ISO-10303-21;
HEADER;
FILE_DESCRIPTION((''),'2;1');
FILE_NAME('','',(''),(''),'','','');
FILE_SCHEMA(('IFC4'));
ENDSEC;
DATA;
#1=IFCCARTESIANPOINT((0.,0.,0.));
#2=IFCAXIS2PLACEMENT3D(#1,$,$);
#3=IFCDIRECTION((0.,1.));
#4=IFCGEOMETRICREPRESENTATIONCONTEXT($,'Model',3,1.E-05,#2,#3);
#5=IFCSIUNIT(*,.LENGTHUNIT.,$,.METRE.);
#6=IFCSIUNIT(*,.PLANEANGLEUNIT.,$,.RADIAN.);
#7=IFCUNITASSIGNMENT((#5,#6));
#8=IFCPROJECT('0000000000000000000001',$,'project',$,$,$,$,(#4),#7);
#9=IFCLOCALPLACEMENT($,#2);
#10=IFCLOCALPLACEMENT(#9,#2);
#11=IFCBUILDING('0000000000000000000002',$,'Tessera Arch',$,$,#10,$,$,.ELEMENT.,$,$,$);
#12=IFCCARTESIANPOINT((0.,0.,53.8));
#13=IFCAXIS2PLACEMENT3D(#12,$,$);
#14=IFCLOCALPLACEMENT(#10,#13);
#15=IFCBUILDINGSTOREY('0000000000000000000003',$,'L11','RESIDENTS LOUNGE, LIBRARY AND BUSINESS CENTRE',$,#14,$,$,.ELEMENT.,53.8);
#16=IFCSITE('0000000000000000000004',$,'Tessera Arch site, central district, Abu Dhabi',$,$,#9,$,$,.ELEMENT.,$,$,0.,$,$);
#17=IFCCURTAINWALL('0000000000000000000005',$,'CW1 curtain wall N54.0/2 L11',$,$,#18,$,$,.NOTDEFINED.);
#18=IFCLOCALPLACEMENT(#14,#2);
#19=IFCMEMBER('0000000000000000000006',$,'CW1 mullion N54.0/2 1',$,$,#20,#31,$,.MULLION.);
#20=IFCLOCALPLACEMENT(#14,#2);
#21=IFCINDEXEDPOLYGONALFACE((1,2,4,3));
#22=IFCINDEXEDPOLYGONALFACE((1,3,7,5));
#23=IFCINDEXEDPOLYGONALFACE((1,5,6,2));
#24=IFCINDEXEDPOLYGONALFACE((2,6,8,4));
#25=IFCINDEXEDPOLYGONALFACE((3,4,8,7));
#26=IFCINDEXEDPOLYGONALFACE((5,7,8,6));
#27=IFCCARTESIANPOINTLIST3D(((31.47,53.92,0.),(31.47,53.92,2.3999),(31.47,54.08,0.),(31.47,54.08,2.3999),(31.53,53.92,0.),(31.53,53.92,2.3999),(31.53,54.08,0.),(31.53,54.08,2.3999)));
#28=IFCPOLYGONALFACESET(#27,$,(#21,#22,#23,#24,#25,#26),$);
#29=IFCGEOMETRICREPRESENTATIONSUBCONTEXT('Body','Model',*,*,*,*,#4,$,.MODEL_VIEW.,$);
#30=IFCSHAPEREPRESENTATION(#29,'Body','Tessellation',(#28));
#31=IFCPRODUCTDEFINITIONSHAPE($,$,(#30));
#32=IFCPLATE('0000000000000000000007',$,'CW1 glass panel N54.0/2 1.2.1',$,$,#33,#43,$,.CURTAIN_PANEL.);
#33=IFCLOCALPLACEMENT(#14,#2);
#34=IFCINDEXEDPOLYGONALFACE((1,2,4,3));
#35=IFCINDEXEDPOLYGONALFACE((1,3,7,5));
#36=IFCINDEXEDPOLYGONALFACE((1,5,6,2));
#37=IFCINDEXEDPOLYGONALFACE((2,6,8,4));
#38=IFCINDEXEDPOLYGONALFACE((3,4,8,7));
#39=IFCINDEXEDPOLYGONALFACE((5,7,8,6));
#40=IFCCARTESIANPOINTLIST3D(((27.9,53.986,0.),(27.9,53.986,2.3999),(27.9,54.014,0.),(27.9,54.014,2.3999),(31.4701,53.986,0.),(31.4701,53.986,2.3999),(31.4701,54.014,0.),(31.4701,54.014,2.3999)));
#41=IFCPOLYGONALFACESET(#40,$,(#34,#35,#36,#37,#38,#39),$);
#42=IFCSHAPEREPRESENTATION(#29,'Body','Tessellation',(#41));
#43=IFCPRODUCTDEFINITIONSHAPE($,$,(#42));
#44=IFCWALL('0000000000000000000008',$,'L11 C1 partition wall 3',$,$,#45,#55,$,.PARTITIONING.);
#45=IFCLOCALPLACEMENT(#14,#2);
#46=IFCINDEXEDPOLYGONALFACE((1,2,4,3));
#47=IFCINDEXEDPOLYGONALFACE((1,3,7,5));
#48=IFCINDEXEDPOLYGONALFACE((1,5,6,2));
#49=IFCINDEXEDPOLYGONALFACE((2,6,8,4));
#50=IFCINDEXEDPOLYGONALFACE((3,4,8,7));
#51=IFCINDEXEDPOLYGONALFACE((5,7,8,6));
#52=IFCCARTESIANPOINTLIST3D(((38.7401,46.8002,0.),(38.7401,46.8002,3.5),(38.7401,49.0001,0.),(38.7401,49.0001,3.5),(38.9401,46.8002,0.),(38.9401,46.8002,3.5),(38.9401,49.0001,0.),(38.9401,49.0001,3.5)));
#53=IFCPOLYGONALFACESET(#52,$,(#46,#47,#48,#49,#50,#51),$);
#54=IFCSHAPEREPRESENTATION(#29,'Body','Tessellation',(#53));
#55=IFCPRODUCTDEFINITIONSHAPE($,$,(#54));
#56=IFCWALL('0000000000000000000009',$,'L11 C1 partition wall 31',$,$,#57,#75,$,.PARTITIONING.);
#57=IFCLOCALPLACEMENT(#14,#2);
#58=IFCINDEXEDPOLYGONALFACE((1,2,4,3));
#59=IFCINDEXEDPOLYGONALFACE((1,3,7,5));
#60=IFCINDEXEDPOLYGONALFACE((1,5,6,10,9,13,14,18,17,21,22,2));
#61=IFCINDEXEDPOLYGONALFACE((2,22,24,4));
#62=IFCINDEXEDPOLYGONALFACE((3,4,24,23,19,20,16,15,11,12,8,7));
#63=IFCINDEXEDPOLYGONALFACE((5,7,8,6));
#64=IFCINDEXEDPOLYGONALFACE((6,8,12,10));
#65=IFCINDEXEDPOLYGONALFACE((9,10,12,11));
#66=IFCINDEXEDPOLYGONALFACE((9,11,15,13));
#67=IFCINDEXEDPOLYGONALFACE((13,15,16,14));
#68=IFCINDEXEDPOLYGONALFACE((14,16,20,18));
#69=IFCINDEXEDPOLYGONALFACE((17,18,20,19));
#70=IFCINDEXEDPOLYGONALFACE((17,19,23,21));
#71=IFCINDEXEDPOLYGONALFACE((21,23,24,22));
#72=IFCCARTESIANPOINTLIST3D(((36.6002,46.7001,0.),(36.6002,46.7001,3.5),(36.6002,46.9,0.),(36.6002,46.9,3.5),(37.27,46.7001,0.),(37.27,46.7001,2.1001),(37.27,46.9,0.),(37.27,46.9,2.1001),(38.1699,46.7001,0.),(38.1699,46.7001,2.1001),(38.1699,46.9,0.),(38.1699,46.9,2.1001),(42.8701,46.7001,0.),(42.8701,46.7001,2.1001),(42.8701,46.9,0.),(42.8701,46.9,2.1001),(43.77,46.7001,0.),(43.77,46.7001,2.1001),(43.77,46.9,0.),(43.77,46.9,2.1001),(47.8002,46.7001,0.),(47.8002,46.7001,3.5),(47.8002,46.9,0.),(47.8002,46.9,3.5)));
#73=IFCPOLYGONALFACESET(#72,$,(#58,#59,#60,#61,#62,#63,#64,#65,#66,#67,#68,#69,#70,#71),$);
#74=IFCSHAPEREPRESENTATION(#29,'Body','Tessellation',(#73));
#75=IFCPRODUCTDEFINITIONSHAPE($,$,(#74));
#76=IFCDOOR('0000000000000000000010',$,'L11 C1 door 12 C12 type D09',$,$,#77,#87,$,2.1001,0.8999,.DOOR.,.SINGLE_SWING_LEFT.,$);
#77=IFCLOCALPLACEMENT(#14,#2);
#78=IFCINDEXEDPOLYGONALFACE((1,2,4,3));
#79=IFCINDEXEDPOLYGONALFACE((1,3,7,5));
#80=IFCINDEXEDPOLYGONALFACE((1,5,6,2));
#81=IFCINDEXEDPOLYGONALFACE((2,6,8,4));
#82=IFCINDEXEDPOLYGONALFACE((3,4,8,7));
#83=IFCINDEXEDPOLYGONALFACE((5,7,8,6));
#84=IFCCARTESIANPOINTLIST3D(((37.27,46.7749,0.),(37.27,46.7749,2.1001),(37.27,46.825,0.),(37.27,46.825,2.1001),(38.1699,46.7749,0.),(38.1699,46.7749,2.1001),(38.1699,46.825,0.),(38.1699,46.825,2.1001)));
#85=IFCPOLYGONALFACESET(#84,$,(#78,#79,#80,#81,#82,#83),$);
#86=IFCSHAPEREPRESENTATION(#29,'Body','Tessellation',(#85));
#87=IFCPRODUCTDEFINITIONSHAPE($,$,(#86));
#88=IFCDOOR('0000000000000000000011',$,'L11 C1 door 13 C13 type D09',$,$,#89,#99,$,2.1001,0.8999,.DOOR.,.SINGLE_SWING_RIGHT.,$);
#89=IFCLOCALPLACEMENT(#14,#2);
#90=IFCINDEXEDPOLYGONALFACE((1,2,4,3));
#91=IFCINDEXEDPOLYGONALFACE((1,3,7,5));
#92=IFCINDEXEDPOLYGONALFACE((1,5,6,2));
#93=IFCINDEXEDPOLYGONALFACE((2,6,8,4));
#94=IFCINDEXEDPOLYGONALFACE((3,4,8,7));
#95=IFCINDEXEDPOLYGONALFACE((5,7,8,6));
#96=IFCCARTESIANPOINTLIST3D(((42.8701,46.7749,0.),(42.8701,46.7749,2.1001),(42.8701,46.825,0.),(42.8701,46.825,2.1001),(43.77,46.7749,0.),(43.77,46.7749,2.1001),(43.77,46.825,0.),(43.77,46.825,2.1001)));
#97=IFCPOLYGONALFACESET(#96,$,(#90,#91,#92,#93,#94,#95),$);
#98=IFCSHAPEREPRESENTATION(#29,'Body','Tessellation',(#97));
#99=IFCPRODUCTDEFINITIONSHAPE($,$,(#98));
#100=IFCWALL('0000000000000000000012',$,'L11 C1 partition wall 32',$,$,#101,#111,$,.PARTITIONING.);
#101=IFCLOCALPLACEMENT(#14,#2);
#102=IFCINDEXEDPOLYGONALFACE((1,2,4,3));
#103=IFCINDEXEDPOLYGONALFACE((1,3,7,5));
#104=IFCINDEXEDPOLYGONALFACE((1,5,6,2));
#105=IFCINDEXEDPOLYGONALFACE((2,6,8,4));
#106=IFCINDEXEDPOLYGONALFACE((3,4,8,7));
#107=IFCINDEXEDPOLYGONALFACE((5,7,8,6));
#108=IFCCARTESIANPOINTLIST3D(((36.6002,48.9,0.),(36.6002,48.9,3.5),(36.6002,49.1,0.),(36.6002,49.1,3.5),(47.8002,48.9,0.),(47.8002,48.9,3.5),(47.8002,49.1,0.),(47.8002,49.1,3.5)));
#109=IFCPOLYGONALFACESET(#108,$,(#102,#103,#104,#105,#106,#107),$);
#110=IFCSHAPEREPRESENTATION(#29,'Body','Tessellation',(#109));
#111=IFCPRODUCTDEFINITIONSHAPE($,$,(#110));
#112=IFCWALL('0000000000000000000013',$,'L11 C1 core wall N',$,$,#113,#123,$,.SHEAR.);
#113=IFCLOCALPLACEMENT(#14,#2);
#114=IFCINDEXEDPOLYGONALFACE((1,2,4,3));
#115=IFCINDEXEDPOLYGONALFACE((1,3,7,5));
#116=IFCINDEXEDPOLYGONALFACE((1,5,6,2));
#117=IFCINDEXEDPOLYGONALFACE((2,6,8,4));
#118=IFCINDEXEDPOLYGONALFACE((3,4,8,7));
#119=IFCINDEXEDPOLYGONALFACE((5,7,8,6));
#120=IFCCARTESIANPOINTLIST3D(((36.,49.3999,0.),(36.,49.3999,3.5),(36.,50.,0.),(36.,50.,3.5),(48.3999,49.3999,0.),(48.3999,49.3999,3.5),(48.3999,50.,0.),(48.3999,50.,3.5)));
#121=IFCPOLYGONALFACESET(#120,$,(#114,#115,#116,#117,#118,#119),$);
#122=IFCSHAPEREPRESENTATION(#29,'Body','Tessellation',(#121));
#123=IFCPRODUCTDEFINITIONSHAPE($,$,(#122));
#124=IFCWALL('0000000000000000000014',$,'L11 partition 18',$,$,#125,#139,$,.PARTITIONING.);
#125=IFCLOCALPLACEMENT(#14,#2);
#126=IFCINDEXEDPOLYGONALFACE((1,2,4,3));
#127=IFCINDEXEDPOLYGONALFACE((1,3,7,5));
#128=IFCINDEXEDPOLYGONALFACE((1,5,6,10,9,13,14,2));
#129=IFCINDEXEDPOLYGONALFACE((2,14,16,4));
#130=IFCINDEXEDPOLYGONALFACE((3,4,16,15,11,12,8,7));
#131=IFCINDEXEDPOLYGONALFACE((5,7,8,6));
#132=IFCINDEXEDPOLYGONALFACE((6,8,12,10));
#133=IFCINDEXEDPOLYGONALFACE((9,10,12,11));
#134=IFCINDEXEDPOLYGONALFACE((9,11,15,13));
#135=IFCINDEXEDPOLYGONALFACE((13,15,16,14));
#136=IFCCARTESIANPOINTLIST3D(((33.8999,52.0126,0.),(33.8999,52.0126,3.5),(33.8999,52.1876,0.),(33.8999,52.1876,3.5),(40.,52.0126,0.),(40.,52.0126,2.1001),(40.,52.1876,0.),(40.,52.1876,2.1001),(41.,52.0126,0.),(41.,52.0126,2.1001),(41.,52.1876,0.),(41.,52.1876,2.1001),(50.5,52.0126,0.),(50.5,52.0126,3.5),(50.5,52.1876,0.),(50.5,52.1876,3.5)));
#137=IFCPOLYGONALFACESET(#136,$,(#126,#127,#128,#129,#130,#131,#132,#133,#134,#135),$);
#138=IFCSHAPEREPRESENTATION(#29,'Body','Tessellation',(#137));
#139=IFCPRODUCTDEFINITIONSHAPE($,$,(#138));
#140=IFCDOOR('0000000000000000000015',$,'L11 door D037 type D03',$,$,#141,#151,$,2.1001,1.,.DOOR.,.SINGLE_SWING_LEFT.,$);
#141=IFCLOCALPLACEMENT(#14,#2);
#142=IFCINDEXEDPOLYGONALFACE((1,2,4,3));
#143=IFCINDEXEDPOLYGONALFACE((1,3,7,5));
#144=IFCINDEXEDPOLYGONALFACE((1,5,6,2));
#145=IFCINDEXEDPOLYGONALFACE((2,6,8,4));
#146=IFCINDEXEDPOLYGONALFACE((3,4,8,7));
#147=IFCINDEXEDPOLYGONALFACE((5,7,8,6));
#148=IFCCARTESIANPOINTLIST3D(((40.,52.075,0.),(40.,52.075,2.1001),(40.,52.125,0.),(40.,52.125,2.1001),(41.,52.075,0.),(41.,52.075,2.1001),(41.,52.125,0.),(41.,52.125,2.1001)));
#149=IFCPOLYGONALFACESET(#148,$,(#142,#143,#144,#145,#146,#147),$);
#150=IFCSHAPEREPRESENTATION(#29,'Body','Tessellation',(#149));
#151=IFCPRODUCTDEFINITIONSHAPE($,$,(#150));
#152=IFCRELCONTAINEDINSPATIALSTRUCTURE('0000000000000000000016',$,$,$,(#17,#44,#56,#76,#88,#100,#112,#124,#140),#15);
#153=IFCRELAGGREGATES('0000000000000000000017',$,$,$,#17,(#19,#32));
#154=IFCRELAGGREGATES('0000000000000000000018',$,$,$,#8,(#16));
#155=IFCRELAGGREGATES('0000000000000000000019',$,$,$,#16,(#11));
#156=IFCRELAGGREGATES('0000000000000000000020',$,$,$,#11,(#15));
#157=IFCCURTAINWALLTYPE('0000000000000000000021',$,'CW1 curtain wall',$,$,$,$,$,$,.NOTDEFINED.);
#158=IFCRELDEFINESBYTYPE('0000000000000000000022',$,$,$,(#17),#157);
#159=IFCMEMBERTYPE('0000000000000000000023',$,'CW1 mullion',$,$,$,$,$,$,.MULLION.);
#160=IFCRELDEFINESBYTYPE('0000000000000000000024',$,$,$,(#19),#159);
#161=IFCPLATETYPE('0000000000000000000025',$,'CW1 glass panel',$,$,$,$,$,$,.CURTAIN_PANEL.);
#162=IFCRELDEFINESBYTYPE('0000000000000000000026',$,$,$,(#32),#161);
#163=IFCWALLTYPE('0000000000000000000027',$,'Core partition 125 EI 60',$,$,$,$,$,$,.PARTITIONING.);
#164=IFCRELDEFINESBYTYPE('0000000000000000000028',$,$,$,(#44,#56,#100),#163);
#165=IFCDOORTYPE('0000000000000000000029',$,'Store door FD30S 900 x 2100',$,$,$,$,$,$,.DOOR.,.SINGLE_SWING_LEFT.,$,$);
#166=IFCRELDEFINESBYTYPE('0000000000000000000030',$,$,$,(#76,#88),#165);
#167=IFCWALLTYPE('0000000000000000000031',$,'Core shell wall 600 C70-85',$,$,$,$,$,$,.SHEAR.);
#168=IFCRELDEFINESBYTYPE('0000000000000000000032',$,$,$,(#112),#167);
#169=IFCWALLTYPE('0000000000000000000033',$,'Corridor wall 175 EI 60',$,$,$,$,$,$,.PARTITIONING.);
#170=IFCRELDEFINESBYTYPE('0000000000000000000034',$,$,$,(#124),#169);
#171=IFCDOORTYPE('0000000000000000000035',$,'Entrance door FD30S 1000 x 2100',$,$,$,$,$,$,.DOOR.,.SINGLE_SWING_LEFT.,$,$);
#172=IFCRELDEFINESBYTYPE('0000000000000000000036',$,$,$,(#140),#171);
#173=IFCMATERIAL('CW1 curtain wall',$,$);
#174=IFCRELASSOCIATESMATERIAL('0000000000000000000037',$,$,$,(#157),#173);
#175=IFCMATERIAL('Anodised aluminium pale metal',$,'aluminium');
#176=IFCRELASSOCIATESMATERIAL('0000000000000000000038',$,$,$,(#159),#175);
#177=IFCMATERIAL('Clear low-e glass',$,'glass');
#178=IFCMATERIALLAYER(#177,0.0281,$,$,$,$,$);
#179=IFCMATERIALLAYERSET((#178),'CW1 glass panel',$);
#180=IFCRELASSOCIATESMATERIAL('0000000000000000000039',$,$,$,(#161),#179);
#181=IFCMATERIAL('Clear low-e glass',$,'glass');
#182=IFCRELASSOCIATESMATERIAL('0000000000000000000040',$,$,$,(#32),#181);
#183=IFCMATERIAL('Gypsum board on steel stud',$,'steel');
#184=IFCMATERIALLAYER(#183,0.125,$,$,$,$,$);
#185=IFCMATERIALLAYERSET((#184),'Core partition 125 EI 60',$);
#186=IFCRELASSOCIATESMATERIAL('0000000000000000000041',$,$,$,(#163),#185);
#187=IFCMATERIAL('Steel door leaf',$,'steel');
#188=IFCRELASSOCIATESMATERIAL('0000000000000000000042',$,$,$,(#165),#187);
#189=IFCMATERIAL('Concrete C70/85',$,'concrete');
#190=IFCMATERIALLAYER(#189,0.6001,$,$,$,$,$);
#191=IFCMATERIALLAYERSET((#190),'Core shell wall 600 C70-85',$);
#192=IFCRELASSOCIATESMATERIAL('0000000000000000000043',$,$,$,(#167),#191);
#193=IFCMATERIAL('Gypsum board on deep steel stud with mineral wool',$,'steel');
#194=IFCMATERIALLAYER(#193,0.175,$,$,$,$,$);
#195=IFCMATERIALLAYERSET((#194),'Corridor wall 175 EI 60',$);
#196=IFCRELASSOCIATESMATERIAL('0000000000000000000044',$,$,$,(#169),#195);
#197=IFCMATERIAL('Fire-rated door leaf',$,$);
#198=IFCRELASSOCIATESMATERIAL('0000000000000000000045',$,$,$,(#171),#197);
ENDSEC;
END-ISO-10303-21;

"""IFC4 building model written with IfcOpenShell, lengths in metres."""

from ifc_helpers import new_model, si_unit, direction, frame, frame_2d, origin, origin_2d, place, context, subcontext, project, spatial, rectangle, extrude, material, layer, layer_set, material_profile, profile_set, type_object, element, fill, aggregate, save


model = new_model("IFC4")

# Units and contexts
model_context = context("Model", 3, precision=1e-05, world=origin(), true_north=direction((0.0, 1.0)))
body_context = subcontext(model_context, "Body", "Model", "MODEL_VIEW")
ifc_project = project(units=[si_unit("LENGTHUNIT", "METRE"), si_unit("PLANEANGLEUNIT", "RADIAN")], contexts=[model_context])

# Site, building, storey
site_placement = place(None, origin())
site = spatial("IfcSite", under=ifc_project, at=site_placement, Name="Tessera Arch site, central district, Abu Dhabi", CompositionType="ELEMENT", RefElevation=0.0)
building_placement = place(site_placement, origin())
building = spatial("IfcBuilding", under=site, at=building_placement, Name="Tessera Arch", CompositionType="ELEMENT")
storey_placement = place(building_placement, frame((0.0, 0.0, 53.8)))
storey = spatial("IfcBuildingStorey", under=building, at=storey_placement, Name="L11", Description="RESIDENTS LOUNGE, LIBRARY AND BUSINESS CENTRE", CompositionType="ELEMENT", Elevation=53.8)

# Curtain wall, member, plate
ifc_material_1 = material(Name="CW1 curtain wall")
curtain_wall_type = type_object("IfcCurtainWallType", Name="CW1 curtain wall", PredefinedType="NOTDEFINED", material=ifc_material_1)
curtain_wall_placement = place(storey_placement, origin())
curtain_wall = element("IfcCurtainWall", 1, at=curtain_wall_placement, inside=storey, type_object=curtain_wall_type, Name="CW1 curtain wall N54.0/2 L11", PredefinedType="NOTDEFINED")
ifc_material_2 = material(Name="Anodised aluminium pale metal", Category="aluminium")
ifc_material_profile = material_profile(ifc_material_2, rectangle(XDim=0.1599, YDim=0.0601, at=origin_2d()), Name="AL 60x160")
ifc_profile_set = profile_set([ifc_material_profile], Name="Anodised aluminium pale metal")
member_type = type_object("IfcMemberType", Name="CW1 mullion", PredefinedType="MULLION", material=ifc_profile_set)
member_placement = place(storey_placement, frame((31.5, 54.0, 0.0), z_axis=(0.0, 0.0, 1.0), x_axis=(0.0, -1.0, 0.0)))
member = element("IfcMember", 2, at=member_placement, type_object=member_type, Name="CW1 mullion N54.0/2 1", PredefinedType="MULLION", context=body_context, shape_type="SweptSolid", body=[
    extrude(rectangle(XDim=0.1599, YDim=0.0601, at=origin_2d()), origin(), (0.0, 0.0, 1.0), 2.3999),
])
ifc_material_3 = material(Name="Clear low-e glass", Category="glass")
ifc_material_4 = material(Name="Clear low-e glass", Category="glass")
ifc_layer_1 = layer(ifc_material_4, 0.0281)
ifc_layer_set_1 = layer_set([ifc_layer_1], Name="CW1 glass panel")
plate_type = type_object("IfcPlateType", Name="CW1 glass panel", PredefinedType="CURTAIN_PANEL", material=ifc_layer_set_1)
plate_placement = place(storey_placement, frame((29.6851, 54.0, 0.0), z_axis=(0.0, 0.0, 1.0), x_axis=(-1.0, 0.0, 0.0)))
plate = element("IfcPlate", 3, at=plate_placement, type_object=plate_type, material=ifc_material_3, Name="CW1 glass panel N54.0/2 1.2.1", PredefinedType="CURTAIN_PANEL", context=body_context, shape_type="SweptSolid", body=[
    extrude(rectangle(XDim=3.5701, YDim=0.0281, at=origin_2d()), origin(), (0.0, 0.0, 1.0), 2.3999),
])
aggregate(curtain_wall, [member, plate])

# Wall
ifc_material_5 = material(Name="Gypsum board on steel stud", Category="steel")
ifc_layer_2 = layer(ifc_material_5, 0.125)
ifc_layer_set_2 = layer_set([ifc_layer_2], Name="Core partition 125 EI 60")
wall_type_1 = type_object("IfcWallType", Name="Core partition 125 EI 60", PredefinedType="PARTITIONING", material=ifc_layer_set_2)
wall_1_placement = place(storey_placement, frame((38.8401, 46.8, 0.0), z_axis=(0.0, 0.0, 1.0), x_axis=(0.0, 1.0, 0.0)))
element("IfcWall", 4, at=wall_1_placement, inside=storey, type_object=wall_type_1, Name="L11 C1 partition wall 3", PredefinedType="PARTITIONING", context=body_context, shape_type="SweptSolid", body=[
    extrude(rectangle(XDim=2.2, YDim=0.2, at=frame_2d((1.1001, 0.0))), origin(), (0.0, 0.0, 1.0), 3.5),
])

# Wall, openings, doors
wall_2_placement = place(storey_placement, frame((36.6001, 46.8, 0.0), z_axis=(0.0, 0.0, 1.0), x_axis=(1.0, 0.0, 0.0)))
wall_2 = element("IfcWall", 5, at=wall_2_placement, inside=storey, type_object=wall_type_1, Name="L11 C1 partition wall 31", PredefinedType="PARTITIONING", context=body_context, shape_type="SweptSolid", body=[
    extrude(rectangle(XDim=11.2, YDim=0.2, at=frame_2d((5.6001, 0.0))), origin(), (0.0, 0.0, 1.0), 3.5),
])
opening_1_placement = place(wall_2_placement, frame((0.6699, 0.0, 0.0)))
opening_1 = element("IfcOpeningElement", 6, at=opening_1_placement, cuts=wall_2, PredefinedType="OPENING", context=body_context, shape_type="SweptSolid", body=[
    extrude(rectangle(XDim=0.8999, YDim=2.1001, at=frame_2d((0.45, 1.05))), frame((0.0, 0.1099, 0.0), z_axis=(0.0, -1.0, 0.0), x_axis=(1.0, 0.0, 0.0)), (0.0, 0.0, 1.0), 0.22),
])
opening_2_placement = place(wall_2_placement, frame((6.27, 0.0, 0.0)))
opening_2 = element("IfcOpeningElement", 7, at=opening_2_placement, cuts=wall_2, PredefinedType="OPENING", context=body_context, shape_type="SweptSolid", body=[
    extrude(rectangle(XDim=0.8999, YDim=2.1001, at=frame_2d((0.45, 1.05))), frame((0.0, 0.1099, 0.0), z_axis=(0.0, -1.0, 0.0), x_axis=(1.0, 0.0, 0.0)), (0.0, 0.0, 1.0), 0.22),
])
ifc_material_6 = material(Name="Steel door leaf", Category="steel")
door_type_1 = type_object("IfcDoorType", Name="Store door FD30S 900 x 2100", OperationType="SINGLE_SWING_LEFT", PredefinedType="DOOR", material=ifc_material_6)
door_1_placement = place(opening_1_placement, origin())
door_1 = element("IfcDoor", 8, at=door_1_placement, inside=storey, type_object=door_type_1, Name="L11 C1 door 12 C12 type D09", OperationType="SINGLE_SWING_LEFT", OverallHeight=2.1001, OverallWidth=0.8999, PredefinedType="DOOR", context=body_context, shape_type="SweptSolid", body=[
    extrude(rectangle(XDim=0.8999, YDim=2.1001, at=frame_2d((0.45, 1.05))), frame((0.0, 0.0249, 0.0), z_axis=(0.0, -1.0, 0.0), x_axis=(1.0, 0.0, 0.0)), (0.0, 0.0, 1.0), 0.05),
])
fill(opening_1, door_1)
door_2_placement = place(opening_2_placement, origin())
door_2 = element("IfcDoor", 9, at=door_2_placement, inside=storey, type_object=door_type_1, Name="L11 C1 door 13 C13 type D09", OperationType="SINGLE_SWING_RIGHT", OverallHeight=2.1001, OverallWidth=0.8999, PredefinedType="DOOR", context=body_context, shape_type="SweptSolid", body=[
    extrude(rectangle(XDim=0.8999, YDim=2.1001, at=frame_2d((0.45, 1.05))), frame((0.0, 0.0249, 0.0), z_axis=(0.0, -1.0, 0.0), x_axis=(1.0, 0.0, 0.0)), (0.0, 0.0, 1.0), 0.05),
])
fill(opening_2, door_2)

# Walls
wall_3_placement = place(storey_placement, frame((36.6001, 49.0, 0.0), z_axis=(0.0, 0.0, 1.0), x_axis=(1.0, 0.0, 0.0)))
element("IfcWall", 10, at=wall_3_placement, inside=storey, type_object=wall_type_1, Name="L11 C1 partition wall 32", PredefinedType="PARTITIONING", context=body_context, shape_type="SweptSolid", body=[
    extrude(rectangle(XDim=11.2, YDim=0.2, at=frame_2d((5.6001, 0.0))), origin(), (0.0, 0.0, 1.0), 3.5),
])
ifc_material_7 = material(Name="Concrete C70/85", Category="concrete")
ifc_layer_3 = layer(ifc_material_7, 0.6001)
ifc_layer_set_3 = layer_set([ifc_layer_3], Name="Core shell wall 600 C70-85")
wall_type_2 = type_object("IfcWallType", Name="Core shell wall 600 C70-85", PredefinedType="SHEAR", material=ifc_layer_set_3)
wall_4_placement = place(storey_placement, frame((36.0, 49.7, 0.0), z_axis=(0.0, 0.0, 1.0), x_axis=(1.0, 0.0, 0.0)))
element("IfcWall", 11, at=wall_4_placement, inside=storey, type_object=wall_type_2, Name="L11 C1 core wall N", PredefinedType="SHEAR", context=body_context, shape_type="SweptSolid", body=[
    extrude(rectangle(XDim=12.3999, YDim=0.6001, at=frame_2d((6.2, 0.0))), origin(), (0.0, 0.0, 1.0), 3.5),
])

# Wall, opening, door
ifc_material_8 = material(Name="Gypsum board on deep steel stud with mineral wool", Category="steel")
ifc_layer_4 = layer(ifc_material_8, 0.175)
ifc_layer_set_4 = layer_set([ifc_layer_4], Name="Corridor wall 175 EI 60")
wall_type_3 = type_object("IfcWallType", Name="Corridor wall 175 EI 60", PredefinedType="PARTITIONING", material=ifc_layer_set_4)
wall_5_placement = place(storey_placement, frame((33.8999, 52.1001, 0.0), z_axis=(0.0, 0.0, 1.0), x_axis=(1.0, 0.0, 0.0)))
wall_5 = element("IfcWall", 12, at=wall_5_placement, inside=storey, type_object=wall_type_3, Name="L11 partition 18", PredefinedType="PARTITIONING", context=body_context, shape_type="SweptSolid", body=[
    extrude(rectangle(XDim=16.6001, YDim=0.175, at=frame_2d((8.3, 0.0))), origin(), (0.0, 0.0, 1.0), 3.5),
])
opening_3_placement = place(wall_5_placement, frame((6.1001, 0.0, 0.0)))
opening_3 = element("IfcOpeningElement", 13, at=opening_3_placement, cuts=wall_5, PredefinedType="OPENING", context=body_context, shape_type="SweptSolid", body=[
    extrude(rectangle(XDim=1.0, YDim=2.1001, at=frame_2d((0.5, 1.05))), frame((0.0, 0.0974, 0.0), z_axis=(0.0, -1.0, 0.0), x_axis=(1.0, 0.0, 0.0)), (0.0, 0.0, 1.0), 0.1951),
])
ifc_material_9 = material(Name="Fire-rated door leaf")
door_type_2 = type_object("IfcDoorType", Name="Entrance door FD30S 1000 x 2100", OperationType="SINGLE_SWING_LEFT", PredefinedType="DOOR", material=ifc_material_9)
door_3_placement = place(opening_3_placement, origin())
door_3 = element("IfcDoor", 14, at=door_3_placement, inside=storey, type_object=door_type_2, Name="L11 door D037 type D03", OperationType="SINGLE_SWING_LEFT", OverallHeight=2.1001, OverallWidth=1.0, PredefinedType="DOOR", context=body_context, shape_type="SweptSolid", body=[
    extrude(rectangle(XDim=1.0, YDim=2.1001, at=frame_2d((0.5, 1.05))), frame((0.0, 0.0249, 0.0), z_axis=(0.0, -1.0, 0.0), x_axis=(1.0, 0.0, 0.0)), (0.0, 0.0, 1.0), 0.05),
])
fill(opening_3, door_3)

save(model, "model.ifc")
